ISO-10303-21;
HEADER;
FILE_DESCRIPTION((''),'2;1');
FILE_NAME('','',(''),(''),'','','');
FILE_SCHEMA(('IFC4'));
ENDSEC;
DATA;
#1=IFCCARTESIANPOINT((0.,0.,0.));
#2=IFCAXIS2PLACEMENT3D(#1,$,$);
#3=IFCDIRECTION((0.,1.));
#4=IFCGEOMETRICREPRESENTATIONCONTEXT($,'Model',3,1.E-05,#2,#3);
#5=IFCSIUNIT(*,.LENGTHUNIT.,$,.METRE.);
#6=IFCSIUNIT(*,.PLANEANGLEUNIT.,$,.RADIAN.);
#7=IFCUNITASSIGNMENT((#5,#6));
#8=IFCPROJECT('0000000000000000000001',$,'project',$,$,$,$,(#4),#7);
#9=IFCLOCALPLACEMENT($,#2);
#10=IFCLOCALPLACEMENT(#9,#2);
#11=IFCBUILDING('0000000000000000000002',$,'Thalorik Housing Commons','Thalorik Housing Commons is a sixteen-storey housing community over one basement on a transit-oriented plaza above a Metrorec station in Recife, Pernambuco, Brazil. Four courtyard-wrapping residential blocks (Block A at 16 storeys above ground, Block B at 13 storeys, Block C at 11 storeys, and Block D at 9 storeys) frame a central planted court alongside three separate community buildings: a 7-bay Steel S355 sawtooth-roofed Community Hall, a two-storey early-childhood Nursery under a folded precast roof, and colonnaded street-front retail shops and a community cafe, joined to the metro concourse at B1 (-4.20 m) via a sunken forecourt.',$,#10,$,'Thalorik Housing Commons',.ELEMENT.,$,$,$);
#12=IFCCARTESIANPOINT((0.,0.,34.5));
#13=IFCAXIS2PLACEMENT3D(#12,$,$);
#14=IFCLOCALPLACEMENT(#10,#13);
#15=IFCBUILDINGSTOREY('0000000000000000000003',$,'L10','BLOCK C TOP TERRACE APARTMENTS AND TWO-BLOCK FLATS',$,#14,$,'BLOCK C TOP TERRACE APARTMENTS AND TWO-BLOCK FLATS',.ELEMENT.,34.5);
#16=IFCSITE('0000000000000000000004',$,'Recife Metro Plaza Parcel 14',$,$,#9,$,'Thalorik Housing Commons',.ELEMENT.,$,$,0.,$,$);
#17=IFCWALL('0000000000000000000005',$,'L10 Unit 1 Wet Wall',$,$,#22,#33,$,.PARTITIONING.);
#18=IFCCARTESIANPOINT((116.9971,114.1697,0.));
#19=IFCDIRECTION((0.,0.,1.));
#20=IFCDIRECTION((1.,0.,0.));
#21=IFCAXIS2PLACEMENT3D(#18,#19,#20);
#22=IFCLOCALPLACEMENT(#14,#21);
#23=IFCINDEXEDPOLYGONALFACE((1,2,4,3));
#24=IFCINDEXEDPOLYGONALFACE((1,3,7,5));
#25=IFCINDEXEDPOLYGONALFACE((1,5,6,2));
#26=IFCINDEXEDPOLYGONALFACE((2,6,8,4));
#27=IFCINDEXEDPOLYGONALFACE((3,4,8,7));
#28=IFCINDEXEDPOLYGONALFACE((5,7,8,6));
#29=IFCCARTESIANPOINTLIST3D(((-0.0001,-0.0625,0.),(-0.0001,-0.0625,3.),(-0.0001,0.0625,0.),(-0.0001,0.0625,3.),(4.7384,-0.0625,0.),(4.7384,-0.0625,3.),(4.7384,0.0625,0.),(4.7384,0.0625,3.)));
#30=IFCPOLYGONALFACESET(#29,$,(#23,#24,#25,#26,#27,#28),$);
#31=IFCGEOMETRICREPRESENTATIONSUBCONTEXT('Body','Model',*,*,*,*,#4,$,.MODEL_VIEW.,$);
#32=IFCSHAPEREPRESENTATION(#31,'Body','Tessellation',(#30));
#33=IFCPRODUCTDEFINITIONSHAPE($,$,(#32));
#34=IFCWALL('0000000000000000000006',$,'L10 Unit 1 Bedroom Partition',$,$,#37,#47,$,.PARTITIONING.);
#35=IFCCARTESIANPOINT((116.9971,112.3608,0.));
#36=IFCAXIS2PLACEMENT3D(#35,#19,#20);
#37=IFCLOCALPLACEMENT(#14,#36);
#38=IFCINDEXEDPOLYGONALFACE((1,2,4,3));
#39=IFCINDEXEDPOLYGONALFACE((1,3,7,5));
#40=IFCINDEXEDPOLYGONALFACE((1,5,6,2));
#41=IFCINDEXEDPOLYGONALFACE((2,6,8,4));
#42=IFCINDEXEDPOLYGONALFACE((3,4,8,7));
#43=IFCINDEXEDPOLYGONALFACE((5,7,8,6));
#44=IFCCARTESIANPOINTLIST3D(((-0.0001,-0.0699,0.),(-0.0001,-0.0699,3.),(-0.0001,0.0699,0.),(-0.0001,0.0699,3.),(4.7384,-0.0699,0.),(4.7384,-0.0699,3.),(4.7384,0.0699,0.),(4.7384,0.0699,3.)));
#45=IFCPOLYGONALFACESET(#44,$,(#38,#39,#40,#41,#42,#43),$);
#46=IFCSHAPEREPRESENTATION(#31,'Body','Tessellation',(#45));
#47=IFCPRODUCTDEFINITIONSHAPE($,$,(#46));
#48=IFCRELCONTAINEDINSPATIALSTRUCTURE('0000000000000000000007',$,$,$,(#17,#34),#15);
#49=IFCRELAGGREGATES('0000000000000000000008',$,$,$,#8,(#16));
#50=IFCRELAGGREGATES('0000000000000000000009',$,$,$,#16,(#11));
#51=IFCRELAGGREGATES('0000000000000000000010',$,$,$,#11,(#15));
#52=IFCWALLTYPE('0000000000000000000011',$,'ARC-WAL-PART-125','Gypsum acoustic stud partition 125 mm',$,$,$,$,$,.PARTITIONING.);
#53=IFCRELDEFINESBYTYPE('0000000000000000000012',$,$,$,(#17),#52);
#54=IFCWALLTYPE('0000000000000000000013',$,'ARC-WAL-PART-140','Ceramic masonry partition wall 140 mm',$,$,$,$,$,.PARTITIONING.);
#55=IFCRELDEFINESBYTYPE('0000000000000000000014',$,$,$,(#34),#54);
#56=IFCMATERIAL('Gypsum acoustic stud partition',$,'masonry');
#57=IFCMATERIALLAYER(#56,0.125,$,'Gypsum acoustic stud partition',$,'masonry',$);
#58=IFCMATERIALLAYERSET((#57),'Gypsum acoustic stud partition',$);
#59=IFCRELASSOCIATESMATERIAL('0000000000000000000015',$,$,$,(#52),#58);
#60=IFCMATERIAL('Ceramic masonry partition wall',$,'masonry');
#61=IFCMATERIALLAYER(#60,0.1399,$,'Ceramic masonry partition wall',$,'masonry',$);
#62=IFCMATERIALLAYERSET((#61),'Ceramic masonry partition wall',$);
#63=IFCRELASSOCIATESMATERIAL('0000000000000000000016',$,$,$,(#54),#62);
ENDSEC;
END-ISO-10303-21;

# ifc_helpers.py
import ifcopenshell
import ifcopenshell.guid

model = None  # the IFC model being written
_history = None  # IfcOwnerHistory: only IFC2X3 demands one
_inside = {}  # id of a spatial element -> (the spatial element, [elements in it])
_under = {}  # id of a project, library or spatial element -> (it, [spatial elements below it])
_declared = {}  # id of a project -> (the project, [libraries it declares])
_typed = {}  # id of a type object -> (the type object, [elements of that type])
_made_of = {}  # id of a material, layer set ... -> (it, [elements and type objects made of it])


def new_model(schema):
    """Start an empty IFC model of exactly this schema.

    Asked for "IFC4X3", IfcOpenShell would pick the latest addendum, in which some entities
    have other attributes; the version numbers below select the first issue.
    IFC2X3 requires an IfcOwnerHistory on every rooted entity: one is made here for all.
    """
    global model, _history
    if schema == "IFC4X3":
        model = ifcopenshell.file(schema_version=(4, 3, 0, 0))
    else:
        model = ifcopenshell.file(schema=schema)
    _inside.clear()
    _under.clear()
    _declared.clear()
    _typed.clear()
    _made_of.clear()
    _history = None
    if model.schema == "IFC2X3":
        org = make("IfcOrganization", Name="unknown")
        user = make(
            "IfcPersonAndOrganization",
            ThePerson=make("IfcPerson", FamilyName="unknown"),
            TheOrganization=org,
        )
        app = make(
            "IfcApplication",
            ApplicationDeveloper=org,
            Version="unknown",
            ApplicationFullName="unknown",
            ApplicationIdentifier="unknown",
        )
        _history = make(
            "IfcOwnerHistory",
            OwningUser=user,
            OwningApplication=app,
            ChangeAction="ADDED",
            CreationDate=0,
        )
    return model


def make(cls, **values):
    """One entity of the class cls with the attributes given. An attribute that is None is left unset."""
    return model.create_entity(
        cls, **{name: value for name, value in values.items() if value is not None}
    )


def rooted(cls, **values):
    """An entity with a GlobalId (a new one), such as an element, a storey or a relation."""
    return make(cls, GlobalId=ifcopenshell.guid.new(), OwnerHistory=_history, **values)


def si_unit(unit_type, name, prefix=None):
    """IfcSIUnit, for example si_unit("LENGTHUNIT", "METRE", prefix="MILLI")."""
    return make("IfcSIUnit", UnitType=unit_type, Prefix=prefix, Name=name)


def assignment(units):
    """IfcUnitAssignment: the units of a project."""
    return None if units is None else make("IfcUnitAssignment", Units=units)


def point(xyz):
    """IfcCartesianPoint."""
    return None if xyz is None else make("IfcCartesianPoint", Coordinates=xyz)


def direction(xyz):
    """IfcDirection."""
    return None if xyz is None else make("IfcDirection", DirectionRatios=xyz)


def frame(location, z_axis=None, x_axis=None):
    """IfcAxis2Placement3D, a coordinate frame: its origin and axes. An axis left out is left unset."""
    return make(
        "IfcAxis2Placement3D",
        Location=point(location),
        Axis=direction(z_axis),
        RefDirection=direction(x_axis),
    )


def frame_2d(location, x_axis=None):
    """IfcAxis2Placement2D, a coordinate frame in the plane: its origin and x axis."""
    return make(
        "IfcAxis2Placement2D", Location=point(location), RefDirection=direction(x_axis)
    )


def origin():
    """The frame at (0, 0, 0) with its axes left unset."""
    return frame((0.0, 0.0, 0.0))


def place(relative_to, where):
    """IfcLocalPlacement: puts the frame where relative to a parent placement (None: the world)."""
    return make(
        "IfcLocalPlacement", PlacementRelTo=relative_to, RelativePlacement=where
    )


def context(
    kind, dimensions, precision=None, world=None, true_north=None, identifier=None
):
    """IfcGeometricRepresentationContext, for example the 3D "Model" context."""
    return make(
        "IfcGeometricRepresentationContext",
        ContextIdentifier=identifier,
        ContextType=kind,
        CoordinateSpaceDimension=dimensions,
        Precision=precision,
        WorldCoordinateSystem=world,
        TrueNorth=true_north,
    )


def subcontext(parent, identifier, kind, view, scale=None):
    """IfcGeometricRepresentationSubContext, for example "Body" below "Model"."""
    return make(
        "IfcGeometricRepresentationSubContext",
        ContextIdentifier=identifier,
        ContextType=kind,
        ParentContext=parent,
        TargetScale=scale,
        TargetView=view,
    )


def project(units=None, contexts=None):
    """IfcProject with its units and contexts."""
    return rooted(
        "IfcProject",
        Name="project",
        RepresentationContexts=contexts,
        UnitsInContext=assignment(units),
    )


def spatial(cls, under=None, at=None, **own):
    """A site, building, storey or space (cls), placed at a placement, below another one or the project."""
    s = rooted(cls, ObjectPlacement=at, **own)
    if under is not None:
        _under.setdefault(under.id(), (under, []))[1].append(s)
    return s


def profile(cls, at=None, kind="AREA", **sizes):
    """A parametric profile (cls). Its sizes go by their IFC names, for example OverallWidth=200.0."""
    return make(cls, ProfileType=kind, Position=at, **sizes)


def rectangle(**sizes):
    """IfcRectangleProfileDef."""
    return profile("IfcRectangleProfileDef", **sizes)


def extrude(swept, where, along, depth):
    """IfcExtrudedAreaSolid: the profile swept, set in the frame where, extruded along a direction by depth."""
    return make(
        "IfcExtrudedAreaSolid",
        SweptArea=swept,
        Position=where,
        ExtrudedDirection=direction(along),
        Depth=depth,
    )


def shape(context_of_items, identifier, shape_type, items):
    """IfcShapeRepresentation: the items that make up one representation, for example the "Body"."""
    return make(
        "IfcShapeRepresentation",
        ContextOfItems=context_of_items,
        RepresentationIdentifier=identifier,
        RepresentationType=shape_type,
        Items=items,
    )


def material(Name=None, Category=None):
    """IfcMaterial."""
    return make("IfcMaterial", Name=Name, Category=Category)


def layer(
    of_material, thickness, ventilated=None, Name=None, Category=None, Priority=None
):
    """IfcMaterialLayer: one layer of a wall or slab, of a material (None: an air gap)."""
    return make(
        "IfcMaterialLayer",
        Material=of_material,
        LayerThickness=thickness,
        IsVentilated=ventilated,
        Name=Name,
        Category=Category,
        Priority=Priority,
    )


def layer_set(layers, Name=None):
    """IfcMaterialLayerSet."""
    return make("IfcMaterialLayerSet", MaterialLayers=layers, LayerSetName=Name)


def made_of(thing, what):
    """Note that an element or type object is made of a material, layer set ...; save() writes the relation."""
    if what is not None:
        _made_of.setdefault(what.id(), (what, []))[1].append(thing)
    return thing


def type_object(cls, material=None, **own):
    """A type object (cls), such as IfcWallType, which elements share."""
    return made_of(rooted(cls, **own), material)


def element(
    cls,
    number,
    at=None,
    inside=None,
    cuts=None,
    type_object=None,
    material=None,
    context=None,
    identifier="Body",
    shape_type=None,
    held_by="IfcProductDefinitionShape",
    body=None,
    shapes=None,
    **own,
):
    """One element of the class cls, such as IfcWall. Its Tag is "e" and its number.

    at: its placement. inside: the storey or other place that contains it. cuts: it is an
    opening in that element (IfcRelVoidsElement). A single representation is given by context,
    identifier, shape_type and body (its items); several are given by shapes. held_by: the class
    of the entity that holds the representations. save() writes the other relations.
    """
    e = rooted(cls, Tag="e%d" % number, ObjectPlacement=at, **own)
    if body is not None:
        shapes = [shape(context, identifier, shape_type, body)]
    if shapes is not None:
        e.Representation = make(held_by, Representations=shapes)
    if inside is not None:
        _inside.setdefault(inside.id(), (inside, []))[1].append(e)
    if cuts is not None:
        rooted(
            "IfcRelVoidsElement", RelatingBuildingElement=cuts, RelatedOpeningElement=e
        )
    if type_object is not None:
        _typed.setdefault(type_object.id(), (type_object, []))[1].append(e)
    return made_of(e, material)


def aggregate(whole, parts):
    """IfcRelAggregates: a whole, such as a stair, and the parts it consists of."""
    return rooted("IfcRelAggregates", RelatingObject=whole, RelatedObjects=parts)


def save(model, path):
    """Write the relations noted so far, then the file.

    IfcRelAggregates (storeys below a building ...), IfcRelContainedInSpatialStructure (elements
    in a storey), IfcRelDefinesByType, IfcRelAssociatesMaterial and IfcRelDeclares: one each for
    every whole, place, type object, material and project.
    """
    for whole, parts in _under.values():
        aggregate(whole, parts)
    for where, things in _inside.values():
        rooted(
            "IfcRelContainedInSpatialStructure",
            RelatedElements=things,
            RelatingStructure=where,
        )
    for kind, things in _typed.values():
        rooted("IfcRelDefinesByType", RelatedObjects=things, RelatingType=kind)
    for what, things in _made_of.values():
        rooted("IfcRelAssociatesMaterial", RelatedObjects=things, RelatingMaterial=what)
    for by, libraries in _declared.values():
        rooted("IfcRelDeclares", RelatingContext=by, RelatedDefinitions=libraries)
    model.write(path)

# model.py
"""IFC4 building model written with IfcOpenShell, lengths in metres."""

from ifc_helpers import new_model, si_unit, direction, frame, frame_2d, origin, place, context, subcontext, project, spatial, rectangle, extrude, material, layer, layer_set, type_object, element, save


model = new_model("IFC4")

# Units and contexts
model_context = context("Model", 3, precision=1e-05, world=origin(), true_north=direction((0.0, 1.0)))
body_context = subcontext(model_context, "Body", "Model", "MODEL_VIEW")
ifc_project = project(units=[si_unit("LENGTHUNIT", "METRE"), si_unit("PLANEANGLEUNIT", "RADIAN")], contexts=[model_context])

# Site, building, storey
site_placement = place(None, origin())
site = spatial("IfcSite", under=ifc_project, at=site_placement, Name="Recife Metro Plaza Parcel 14", LongName="Thalorik Housing Commons", CompositionType="ELEMENT", RefElevation=0.0)
building_placement = place(site_placement, origin())
building = spatial("IfcBuilding", under=site, at=building_placement, Name="Thalorik Housing Commons", Description="Thalorik Housing Commons is a sixteen-storey housing community over one basement on a transit-oriented plaza above a Metrorec station in Recife, Pernambuco, Brazil. Four courtyard-wrapping residential blocks (Block A at 16 storeys above ground, Block B at 13 storeys, Block C at 11 storeys, and Block D at 9 storeys) frame a central planted court alongside three separate community buildings: a 7-bay Steel S355 sawtooth-roofed Community Hall, a two-storey early-childhood Nursery under a folded precast roof, and colonnaded street-front retail shops and a community cafe, joined to the metro concourse at B1 (-4.20 m) via a sunken forecourt.", LongName="Thalorik Housing Commons", CompositionType="ELEMENT")
storey_placement = place(building_placement, frame((0.0, 0.0, 34.5)))
storey = spatial("IfcBuildingStorey", under=building, at=storey_placement, Name="L10", Description="BLOCK C TOP TERRACE APARTMENTS AND TWO-BLOCK FLATS", LongName="BLOCK C TOP TERRACE APARTMENTS AND TWO-BLOCK FLATS", CompositionType="ELEMENT", Elevation=34.5)

# Wall
ifc_material_1 = material(Name="Gypsum acoustic stud partition", Category="masonry")
ifc_layer_1 = layer(ifc_material_1, 0.125, Name="Gypsum acoustic stud partition", Category="masonry")
ifc_layer_set_1 = layer_set([ifc_layer_1], Name="Gypsum acoustic stud partition")
wall_type_1 = type_object("IfcWallType", Name="ARC-WAL-PART-125", Description="Gypsum acoustic stud partition 125 mm", PredefinedType="PARTITIONING", material=ifc_layer_set_1)
wall_1_placement = place(storey_placement, frame((116.9971, 114.1697, 0.0), z_axis=(0.0, 0.0, 1.0), x_axis=(1.0, 0.0, 0.0)))
element("IfcWall", 1, at=wall_1_placement, inside=storey, type_object=wall_type_1, Name="L10 Unit 1 Wet Wall", PredefinedType="PARTITIONING", context=body_context, shape_type="SweptSolid", body=[
    extrude(rectangle(XDim=4.7385, YDim=0.125, at=frame_2d((2.3691, 0.0))), origin(), (0.0, 0.0, 1.0), 3.0),
])

# Wall
ifc_material_2 = material(Name="Ceramic masonry partition wall", Category="masonry")
ifc_layer_2 = layer(ifc_material_2, 0.1399, Name="Ceramic masonry partition wall", Category="masonry")
ifc_layer_set_2 = layer_set([ifc_layer_2], Name="Ceramic masonry partition wall")
wall_type_2 = type_object("IfcWallType", Name="ARC-WAL-PART-140", Description="Ceramic masonry partition wall 140 mm", PredefinedType="PARTITIONING", material=ifc_layer_set_2)
wall_2_placement = place(storey_placement, frame((116.9971, 112.3608, 0.0), z_axis=(0.0, 0.0, 1.0), x_axis=(1.0, 0.0, 0.0)))
element("IfcWall", 2, at=wall_2_placement, inside=storey, type_object=wall_type_2, Name="L10 Unit 1 Bedroom Partition", PredefinedType="PARTITIONING", context=body_context, shape_type="SweptSolid", body=[
    extrude(rectangle(XDim=4.7385, YDim=0.1399, at=frame_2d((2.3691, 0.0))), origin(), (0.0, 0.0, 1.0), 3.0),
])

save(model, "model.ifc")
